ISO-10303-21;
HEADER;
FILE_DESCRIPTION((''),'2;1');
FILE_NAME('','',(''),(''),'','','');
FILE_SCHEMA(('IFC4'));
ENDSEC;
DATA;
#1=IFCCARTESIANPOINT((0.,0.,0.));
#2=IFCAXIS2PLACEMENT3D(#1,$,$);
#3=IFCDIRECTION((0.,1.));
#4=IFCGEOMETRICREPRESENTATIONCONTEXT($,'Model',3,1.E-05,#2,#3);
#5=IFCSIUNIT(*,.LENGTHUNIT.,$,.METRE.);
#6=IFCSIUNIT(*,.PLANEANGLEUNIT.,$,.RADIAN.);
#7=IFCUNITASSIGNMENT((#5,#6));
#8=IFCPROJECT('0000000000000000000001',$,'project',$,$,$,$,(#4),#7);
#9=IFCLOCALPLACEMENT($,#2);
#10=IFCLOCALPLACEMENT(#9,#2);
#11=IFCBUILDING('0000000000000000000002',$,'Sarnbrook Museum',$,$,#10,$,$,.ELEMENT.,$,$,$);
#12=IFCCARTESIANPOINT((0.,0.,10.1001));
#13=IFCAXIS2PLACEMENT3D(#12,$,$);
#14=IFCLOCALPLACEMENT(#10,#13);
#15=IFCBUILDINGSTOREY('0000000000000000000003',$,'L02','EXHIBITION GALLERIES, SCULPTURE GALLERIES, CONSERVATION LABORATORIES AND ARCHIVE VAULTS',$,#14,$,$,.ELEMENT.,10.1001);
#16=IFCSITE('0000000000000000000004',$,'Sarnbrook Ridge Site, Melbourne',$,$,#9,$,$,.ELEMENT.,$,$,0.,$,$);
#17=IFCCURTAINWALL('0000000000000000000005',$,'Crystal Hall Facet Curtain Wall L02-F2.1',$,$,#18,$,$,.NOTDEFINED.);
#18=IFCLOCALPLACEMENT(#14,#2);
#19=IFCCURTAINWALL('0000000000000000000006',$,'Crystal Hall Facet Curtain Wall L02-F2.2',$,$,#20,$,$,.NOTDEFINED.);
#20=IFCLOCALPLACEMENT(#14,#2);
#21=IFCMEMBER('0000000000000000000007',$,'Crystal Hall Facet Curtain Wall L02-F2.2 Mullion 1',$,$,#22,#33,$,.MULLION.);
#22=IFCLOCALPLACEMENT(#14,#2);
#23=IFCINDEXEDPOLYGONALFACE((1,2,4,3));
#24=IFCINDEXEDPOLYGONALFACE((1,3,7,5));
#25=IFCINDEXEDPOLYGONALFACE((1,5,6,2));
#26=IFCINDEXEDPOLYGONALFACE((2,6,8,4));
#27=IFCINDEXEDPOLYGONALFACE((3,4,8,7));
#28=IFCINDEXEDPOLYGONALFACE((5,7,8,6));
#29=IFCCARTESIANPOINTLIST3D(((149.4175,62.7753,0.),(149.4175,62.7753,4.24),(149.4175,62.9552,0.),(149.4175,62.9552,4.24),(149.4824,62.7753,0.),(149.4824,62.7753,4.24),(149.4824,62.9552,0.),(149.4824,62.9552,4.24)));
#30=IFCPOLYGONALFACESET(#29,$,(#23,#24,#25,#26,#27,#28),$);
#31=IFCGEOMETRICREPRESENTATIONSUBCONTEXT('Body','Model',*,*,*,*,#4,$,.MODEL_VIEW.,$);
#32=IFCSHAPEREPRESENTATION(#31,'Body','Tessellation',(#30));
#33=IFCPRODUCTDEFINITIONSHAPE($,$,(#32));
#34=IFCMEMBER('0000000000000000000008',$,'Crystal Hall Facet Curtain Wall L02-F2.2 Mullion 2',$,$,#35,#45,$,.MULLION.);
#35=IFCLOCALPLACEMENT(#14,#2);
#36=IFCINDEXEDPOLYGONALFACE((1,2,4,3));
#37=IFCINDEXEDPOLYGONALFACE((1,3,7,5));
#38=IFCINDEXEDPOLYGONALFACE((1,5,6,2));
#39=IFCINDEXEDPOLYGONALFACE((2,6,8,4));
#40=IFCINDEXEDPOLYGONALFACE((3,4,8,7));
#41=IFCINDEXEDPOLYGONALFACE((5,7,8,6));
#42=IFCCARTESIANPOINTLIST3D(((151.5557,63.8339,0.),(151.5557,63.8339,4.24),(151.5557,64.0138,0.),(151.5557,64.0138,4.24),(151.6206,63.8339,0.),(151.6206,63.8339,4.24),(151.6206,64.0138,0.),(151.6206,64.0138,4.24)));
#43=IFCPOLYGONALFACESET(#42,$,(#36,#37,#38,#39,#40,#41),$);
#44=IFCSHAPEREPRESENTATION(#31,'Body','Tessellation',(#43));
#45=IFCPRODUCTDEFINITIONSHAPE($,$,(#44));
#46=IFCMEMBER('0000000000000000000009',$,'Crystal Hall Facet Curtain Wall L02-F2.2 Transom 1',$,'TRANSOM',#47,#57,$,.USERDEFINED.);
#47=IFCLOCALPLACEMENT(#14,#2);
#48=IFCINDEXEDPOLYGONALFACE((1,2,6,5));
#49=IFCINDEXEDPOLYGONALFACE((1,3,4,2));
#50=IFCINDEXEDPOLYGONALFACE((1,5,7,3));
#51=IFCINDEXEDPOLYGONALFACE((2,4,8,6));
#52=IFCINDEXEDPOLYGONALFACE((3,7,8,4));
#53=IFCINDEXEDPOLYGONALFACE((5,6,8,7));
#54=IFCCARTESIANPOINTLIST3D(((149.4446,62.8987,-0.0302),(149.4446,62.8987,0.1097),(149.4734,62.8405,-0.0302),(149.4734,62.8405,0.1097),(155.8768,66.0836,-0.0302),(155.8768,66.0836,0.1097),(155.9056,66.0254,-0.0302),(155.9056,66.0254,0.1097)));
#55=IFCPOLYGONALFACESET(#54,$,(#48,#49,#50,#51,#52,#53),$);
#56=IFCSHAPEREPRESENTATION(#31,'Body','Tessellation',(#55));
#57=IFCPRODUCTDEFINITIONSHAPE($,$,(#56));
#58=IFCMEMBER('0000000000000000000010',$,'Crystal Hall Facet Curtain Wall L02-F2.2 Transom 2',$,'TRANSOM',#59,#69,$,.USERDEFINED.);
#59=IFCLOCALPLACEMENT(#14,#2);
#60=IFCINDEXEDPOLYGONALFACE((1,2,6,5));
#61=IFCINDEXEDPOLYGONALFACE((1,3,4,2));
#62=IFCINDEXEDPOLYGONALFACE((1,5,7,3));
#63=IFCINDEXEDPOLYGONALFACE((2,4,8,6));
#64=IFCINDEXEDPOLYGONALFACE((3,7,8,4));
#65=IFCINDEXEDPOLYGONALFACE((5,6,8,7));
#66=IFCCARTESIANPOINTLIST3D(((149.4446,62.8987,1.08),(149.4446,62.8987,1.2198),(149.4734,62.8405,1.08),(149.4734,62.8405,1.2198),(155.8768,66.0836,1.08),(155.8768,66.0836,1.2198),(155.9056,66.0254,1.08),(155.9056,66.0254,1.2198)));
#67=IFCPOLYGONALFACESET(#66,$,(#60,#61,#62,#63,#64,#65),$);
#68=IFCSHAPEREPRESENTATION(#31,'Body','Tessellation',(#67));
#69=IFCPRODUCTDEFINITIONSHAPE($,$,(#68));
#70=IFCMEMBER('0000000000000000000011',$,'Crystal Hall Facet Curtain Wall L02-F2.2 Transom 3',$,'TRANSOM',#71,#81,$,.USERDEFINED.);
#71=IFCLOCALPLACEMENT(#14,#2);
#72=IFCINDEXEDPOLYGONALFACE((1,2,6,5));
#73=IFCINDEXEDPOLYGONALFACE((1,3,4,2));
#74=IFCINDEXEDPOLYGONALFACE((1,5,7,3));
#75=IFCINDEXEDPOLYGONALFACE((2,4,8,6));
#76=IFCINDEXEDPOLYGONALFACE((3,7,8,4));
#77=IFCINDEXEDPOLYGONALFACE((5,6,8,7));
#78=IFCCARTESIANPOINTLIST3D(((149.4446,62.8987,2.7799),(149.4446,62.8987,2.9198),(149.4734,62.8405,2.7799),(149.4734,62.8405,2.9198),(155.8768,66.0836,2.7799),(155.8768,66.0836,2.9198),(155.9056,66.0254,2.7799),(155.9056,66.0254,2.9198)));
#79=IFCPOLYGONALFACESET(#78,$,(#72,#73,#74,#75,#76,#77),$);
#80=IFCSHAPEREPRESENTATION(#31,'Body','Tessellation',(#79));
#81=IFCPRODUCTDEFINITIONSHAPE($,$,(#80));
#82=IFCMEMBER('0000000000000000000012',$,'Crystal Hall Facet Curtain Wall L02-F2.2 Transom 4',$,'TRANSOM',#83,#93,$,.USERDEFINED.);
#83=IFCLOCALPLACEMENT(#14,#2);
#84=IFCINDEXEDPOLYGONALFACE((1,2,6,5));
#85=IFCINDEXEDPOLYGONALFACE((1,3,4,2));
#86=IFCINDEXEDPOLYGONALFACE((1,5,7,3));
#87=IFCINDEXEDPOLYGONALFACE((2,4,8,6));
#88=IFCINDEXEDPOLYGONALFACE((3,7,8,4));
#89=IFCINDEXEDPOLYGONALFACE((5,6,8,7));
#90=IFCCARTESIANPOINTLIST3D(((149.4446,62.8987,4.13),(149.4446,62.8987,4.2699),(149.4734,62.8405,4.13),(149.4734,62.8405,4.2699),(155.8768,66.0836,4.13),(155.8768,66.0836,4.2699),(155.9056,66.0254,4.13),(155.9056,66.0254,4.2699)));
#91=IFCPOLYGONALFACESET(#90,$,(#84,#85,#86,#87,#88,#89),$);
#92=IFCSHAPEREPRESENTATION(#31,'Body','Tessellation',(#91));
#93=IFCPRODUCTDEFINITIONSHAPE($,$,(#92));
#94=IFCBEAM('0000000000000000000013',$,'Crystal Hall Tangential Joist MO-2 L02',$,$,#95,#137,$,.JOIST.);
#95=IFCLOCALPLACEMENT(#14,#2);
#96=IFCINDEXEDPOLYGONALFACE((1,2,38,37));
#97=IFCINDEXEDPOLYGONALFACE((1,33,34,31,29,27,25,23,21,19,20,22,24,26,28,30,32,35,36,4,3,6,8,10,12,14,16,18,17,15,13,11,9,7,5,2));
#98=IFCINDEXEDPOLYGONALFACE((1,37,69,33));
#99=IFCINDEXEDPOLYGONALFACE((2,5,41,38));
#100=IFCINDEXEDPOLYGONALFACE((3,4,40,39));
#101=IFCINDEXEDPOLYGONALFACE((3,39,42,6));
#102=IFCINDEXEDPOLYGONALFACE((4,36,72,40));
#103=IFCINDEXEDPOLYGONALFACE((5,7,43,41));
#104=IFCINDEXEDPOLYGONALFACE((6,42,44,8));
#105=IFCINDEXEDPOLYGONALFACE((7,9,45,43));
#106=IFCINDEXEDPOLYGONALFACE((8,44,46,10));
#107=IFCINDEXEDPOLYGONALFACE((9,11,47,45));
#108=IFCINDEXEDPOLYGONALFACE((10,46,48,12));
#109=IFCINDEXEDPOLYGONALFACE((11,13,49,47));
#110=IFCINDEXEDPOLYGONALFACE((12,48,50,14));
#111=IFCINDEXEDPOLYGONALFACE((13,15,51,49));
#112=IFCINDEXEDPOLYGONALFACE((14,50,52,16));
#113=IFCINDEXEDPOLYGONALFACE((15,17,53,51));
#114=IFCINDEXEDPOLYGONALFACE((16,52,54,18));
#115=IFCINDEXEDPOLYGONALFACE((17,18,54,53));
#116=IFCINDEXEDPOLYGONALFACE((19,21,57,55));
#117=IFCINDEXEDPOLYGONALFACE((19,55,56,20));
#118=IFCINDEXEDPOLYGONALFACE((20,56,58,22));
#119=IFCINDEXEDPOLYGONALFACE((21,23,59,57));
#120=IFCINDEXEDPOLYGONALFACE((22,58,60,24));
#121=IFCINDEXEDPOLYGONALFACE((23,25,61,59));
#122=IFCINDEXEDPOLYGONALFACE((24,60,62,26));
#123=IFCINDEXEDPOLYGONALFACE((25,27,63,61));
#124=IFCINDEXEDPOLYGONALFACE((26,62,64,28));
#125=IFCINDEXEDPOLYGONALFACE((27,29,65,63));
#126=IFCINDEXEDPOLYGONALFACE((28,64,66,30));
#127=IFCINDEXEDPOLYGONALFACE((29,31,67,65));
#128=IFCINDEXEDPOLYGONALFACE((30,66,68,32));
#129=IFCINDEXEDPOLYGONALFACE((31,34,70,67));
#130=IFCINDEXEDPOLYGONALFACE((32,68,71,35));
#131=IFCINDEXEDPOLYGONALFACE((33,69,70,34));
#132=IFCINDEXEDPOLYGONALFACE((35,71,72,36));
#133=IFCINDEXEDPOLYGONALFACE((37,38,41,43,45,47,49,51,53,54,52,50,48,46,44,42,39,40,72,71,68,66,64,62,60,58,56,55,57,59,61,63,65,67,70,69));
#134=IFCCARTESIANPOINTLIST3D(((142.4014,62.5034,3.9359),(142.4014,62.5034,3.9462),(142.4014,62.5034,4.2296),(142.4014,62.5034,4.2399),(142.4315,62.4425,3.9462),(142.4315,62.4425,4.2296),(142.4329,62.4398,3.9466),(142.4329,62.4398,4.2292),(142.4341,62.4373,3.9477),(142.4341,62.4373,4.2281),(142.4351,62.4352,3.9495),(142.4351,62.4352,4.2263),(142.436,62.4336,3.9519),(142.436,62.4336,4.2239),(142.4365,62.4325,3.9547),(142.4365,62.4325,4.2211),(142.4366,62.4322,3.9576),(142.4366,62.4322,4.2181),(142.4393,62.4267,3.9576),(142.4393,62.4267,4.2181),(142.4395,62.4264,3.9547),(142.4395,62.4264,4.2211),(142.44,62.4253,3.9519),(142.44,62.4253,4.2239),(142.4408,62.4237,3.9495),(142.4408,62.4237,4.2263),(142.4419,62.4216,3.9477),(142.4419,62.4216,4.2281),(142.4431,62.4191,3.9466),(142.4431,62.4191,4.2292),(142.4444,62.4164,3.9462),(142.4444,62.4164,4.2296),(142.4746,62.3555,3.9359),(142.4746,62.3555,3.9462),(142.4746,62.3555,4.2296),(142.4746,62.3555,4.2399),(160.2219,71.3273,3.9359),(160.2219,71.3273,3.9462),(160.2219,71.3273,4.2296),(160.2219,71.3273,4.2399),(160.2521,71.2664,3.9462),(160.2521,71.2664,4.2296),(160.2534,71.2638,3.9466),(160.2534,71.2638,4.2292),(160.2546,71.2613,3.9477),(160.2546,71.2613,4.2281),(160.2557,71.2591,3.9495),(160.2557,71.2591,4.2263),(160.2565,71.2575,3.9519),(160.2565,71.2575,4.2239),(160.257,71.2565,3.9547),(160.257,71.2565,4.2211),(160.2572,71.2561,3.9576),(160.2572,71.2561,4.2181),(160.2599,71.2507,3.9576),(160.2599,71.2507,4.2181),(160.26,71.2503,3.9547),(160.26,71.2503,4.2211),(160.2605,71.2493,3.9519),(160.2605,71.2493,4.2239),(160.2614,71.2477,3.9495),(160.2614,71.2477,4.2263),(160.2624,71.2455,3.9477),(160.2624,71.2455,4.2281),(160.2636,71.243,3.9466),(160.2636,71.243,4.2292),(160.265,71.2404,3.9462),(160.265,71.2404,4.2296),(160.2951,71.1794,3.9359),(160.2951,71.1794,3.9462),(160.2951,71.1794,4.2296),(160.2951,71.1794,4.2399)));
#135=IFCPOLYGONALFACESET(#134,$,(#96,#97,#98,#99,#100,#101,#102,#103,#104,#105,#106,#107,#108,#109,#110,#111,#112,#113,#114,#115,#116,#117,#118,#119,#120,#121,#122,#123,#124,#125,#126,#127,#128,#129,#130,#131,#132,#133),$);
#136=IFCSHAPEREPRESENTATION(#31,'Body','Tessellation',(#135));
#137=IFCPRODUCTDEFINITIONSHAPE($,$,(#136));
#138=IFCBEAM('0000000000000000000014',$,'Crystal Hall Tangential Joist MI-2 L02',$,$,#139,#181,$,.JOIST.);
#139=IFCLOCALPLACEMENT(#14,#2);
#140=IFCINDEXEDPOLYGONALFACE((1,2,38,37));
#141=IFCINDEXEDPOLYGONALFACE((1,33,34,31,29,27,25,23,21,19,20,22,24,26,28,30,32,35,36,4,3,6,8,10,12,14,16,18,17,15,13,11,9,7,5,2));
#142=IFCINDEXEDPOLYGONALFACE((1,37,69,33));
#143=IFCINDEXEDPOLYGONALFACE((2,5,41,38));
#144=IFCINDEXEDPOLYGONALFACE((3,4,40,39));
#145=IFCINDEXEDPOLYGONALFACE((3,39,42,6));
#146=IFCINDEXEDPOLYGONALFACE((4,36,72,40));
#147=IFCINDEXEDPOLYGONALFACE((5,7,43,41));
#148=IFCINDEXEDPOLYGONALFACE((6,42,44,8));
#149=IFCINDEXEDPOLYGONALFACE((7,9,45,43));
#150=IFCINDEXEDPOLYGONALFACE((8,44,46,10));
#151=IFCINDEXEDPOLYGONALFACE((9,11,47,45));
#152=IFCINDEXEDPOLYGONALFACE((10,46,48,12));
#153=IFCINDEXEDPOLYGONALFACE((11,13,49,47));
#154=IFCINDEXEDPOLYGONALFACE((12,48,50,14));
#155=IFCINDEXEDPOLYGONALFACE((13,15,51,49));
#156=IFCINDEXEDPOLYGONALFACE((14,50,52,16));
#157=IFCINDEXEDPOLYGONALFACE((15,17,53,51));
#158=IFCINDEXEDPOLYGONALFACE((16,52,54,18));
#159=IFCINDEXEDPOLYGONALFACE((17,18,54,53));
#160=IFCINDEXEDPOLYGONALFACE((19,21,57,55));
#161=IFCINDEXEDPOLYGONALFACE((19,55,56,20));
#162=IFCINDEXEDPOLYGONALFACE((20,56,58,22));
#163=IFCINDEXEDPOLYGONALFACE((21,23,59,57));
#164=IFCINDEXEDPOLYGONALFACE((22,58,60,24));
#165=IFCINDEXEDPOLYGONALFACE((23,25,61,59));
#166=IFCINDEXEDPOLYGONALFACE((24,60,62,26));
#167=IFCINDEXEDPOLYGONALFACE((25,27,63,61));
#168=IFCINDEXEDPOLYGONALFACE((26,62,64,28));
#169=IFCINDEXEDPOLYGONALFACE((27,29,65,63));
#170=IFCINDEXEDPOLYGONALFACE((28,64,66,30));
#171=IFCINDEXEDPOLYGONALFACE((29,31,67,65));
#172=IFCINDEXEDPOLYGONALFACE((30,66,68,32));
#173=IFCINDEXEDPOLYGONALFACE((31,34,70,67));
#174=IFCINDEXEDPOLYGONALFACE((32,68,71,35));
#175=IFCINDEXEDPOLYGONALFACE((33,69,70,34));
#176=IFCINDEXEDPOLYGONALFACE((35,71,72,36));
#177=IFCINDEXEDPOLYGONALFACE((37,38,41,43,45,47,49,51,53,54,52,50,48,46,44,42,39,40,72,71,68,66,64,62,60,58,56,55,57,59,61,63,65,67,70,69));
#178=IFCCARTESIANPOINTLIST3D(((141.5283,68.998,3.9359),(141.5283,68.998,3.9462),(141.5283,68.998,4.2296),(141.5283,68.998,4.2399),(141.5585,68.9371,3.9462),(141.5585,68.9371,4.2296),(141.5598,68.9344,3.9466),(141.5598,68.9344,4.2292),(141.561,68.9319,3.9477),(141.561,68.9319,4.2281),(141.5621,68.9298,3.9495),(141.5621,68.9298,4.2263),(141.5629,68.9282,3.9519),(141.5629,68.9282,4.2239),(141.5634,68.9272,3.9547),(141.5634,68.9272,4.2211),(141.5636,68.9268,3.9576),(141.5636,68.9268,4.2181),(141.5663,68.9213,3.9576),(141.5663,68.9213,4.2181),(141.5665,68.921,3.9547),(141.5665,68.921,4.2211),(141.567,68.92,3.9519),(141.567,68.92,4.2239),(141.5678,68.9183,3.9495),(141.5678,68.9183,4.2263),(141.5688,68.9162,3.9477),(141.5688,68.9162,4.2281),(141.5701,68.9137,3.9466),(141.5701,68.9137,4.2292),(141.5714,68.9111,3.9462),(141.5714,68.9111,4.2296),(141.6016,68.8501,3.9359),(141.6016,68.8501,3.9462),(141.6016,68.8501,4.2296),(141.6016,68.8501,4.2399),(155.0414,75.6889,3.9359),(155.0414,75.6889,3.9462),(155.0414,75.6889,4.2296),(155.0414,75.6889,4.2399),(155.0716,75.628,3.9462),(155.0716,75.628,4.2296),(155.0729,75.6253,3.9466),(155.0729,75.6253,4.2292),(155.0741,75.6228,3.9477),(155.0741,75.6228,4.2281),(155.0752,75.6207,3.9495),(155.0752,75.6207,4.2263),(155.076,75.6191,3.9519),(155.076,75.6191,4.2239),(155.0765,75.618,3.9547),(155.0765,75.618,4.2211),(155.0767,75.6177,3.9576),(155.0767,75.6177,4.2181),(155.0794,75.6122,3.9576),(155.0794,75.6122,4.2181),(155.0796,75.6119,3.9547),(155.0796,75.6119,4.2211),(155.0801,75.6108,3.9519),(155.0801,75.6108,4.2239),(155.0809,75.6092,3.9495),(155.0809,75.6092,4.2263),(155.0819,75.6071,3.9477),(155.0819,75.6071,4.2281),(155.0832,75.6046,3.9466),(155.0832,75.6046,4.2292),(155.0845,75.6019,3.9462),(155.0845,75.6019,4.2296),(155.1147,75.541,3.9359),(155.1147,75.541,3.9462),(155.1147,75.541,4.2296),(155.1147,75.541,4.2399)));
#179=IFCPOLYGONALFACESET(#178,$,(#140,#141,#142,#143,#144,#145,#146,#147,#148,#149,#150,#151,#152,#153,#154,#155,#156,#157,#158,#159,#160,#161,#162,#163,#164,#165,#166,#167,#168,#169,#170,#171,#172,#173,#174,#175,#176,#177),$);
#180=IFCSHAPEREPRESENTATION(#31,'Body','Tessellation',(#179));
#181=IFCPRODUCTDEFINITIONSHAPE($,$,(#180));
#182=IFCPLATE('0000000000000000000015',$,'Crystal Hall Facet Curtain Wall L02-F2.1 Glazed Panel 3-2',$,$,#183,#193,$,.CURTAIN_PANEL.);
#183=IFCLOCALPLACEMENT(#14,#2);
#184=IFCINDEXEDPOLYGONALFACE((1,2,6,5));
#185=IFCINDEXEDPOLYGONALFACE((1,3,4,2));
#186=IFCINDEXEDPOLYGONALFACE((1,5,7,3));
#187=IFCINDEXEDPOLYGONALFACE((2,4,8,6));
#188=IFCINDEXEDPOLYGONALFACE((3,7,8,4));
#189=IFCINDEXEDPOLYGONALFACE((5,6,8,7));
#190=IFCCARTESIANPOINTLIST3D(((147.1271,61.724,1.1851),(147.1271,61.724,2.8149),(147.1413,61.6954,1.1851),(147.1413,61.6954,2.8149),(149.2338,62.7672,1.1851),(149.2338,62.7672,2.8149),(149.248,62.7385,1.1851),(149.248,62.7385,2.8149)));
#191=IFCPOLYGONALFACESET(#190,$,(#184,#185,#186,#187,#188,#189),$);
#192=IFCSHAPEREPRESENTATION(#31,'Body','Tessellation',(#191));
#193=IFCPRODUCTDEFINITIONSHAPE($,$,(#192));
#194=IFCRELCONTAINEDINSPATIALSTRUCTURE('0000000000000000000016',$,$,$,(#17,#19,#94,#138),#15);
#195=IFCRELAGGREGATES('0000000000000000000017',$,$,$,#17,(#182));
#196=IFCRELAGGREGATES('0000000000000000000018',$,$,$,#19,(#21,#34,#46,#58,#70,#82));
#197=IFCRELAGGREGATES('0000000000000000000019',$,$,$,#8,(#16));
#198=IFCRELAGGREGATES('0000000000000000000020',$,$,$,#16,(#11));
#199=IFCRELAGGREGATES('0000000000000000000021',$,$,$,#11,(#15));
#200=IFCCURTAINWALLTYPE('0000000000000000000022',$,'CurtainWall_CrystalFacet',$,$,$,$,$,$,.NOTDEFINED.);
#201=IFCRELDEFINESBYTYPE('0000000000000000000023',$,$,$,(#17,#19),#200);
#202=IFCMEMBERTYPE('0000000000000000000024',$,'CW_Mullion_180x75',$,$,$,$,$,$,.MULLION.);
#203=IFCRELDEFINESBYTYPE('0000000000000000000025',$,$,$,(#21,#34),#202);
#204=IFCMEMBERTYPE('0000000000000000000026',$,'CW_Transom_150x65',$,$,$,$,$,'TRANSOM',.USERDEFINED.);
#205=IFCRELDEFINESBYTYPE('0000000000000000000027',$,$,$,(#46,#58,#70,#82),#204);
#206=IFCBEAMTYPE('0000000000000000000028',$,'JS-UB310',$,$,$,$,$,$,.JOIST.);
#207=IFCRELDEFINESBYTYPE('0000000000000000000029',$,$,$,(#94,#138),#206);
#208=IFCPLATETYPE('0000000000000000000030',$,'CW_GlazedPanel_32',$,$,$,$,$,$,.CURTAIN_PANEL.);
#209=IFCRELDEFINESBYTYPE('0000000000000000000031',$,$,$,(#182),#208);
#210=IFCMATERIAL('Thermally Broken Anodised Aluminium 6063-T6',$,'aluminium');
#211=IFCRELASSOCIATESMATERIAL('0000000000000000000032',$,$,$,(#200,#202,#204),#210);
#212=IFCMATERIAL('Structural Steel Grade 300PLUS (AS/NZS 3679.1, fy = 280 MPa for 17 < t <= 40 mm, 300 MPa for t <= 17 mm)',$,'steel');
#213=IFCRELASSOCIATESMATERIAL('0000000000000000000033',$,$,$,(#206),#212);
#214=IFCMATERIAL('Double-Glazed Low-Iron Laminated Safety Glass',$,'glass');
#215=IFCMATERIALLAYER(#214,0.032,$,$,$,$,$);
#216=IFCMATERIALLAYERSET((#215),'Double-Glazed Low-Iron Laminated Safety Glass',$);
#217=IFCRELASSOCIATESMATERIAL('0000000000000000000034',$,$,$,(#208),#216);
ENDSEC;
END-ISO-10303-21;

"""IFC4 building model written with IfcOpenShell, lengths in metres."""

from ifc_helpers import new_model, si_unit, direction, frame, origin, origin_2d, place, context, subcontext, project, spatial, rectangle, i_section, extrude, material, layer, layer_set, material_profile, profile_set, type_object, element, aggregate, save


model = new_model("IFC4")

# Units and contexts
model_context = context("Model", 3, precision=1e-05, world=origin(), true_north=direction((0.0, 1.0)))
body_context = subcontext(model_context, "Body", "Model", "MODEL_VIEW")
ifc_project = project(units=[si_unit("LENGTHUNIT", "METRE"), si_unit("PLANEANGLEUNIT", "RADIAN")], contexts=[model_context])

# Site, building, storey
site_placement = place(None, origin())
site = spatial("IfcSite", under=ifc_project, at=site_placement, Name="Sarnbrook Ridge Site, Melbourne", CompositionType="ELEMENT", RefElevation=0.0)
building_placement = place(site_placement, origin())
building = spatial("IfcBuilding", under=site, at=building_placement, Name="Sarnbrook Museum", CompositionType="ELEMENT")
storey_placement = place(building_placement, frame((0.0, 0.0, 10.1001)))
storey = spatial("IfcBuildingStorey", under=building, at=storey_placement, Name="L02", Description="EXHIBITION GALLERIES, SCULPTURE GALLERIES, CONSERVATION LABORATORIES AND ARCHIVE VAULTS", CompositionType="ELEMENT", Elevation=10.1001)

# Shared definitions
ifc_material_1 = material(Name="Structural Steel Grade 300PLUS (AS/NZS 3679.1, fy = 280 MPa for 17 < t <= 40 mm, 300 MPa for t <= 17 mm)", Category="steel")

# Curtain wall
ifc_material_2 = material(Name="Thermally Broken Anodised Aluminium 6063-T6", Category="aluminium")
curtain_wall_type = type_object("IfcCurtainWallType", Name="CurtainWall_CrystalFacet", PredefinedType="NOTDEFINED", material=ifc_material_2)
curtain_wall_1_placement = place(storey_placement, origin())
curtain_wall_1 = element("IfcCurtainWall", 1, at=curtain_wall_1_placement, inside=storey, type_object=curtain_wall_type, Name="Crystal Hall Facet Curtain Wall L02-F2.1", PredefinedType="NOTDEFINED")
ifc_material_profile_1 = material_profile(ifc_material_2, rectangle(XDim=0.0649, YDim=0.1799, at=origin_2d()), Name="ALU MULLION 65x180")
ifc_profile_set_1 = profile_set([ifc_material_profile_1], Name="Thermally Broken Anodised Aluminium 6063-T6")
member_type_1 = type_object("IfcMemberType", Name="CW_Mullion_180x75", PredefinedType="MULLION", material=ifc_profile_set_1)

# Curtain wall, members
curtain_wall_2_placement = place(storey_placement, origin())
curtain_wall_2 = element("IfcCurtainWall", 2, at=curtain_wall_2_placement, inside=storey, type_object=curtain_wall_type, Name="Crystal Hall Facet Curtain Wall L02-F2.2", PredefinedType="NOTDEFINED")
member_1_placement = place(storey_placement, frame((149.45, 62.8652, 0.0), z_axis=(0.0, 0.0, 1.0), x_axis=(1.0, 0.0, 0.0)))
member_1 = element("IfcMember", 3, at=member_1_placement, type_object=member_type_1, Name="Crystal Hall Facet Curtain Wall L02-F2.2 Mullion 1", PredefinedType="MULLION", context=body_context, shape_type="SweptSolid", body=[
    extrude(rectangle(XDim=0.0649, YDim=0.1799, at=origin_2d()), origin(), (0.0, 0.0, 1.0), 4.24),
])
member_2_placement = place(storey_placement, frame((151.5881, 63.9238, 0.0), z_axis=(0.0, 0.0, 1.0), x_axis=(1.0, 0.0, 0.0)))
member_2 = element("IfcMember", 4, at=member_2_placement, type_object=member_type_1, Name="Crystal Hall Facet Curtain Wall L02-F2.2 Mullion 2", PredefinedType="MULLION", context=body_context, shape_type="SweptSolid", body=[
    extrude(rectangle(XDim=0.0649, YDim=0.1799, at=origin_2d()), origin(), (0.0, 0.0, 1.0), 4.24),
])
ifc_material_profile_2 = material_profile(ifc_material_2, rectangle(XDim=0.0649, YDim=0.1399, at=origin_2d()), Name="ALU TRANSOM 65x140")
ifc_profile_set_2 = profile_set([ifc_material_profile_2], Name="Thermally Broken Anodised Aluminium 6063-T6")
member_type_2 = type_object("IfcMemberType", Name="CW_Transom_150x65", ElementType="TRANSOM", PredefinedType="USERDEFINED", material=ifc_profile_set_2)
member_3_placement = place(storey_placement, frame((149.459, 62.8696, 0.0398), z_axis=(0.896162, 0.443727, 0.0), x_axis=(-0.443727, 0.896162, 0.0)))
member_3 = element("IfcMember", 5, at=member_3_placement, type_object=member_type_2, Name="Crystal Hall Facet Curtain Wall L02-F2.2 Transom 1", ObjectType="TRANSOM", PredefinedType="USERDEFINED", context=body_context, shape_type="SweptSolid", body=[
    extrude(rectangle(XDim=0.0649, YDim=0.1399, at=origin_2d()), origin(), (0.0, 0.0, 1.0), 7.1775),
])
member_4_placement = place(storey_placement, frame((149.459, 62.8696, 1.1499), z_axis=(0.896162, 0.443727, 0.0), x_axis=(-0.443727, 0.896162, 0.0)))
member_4 = element("IfcMember", 6, at=member_4_placement, type_object=member_type_2, Name="Crystal Hall Facet Curtain Wall L02-F2.2 Transom 2", ObjectType="TRANSOM", PredefinedType="USERDEFINED", context=body_context, shape_type="SweptSolid", body=[
    extrude(rectangle(XDim=0.0649, YDim=0.1399, at=origin_2d()), origin(), (0.0, 0.0, 1.0), 7.1775),
])
member_5_placement = place(storey_placement, frame((149.459, 62.8696, 2.8499), z_axis=(0.896162, 0.443727, 0.0), x_axis=(-0.443727, 0.896162, 0.0)))
member_5 = element("IfcMember", 7, at=member_5_placement, type_object=member_type_2, Name="Crystal Hall Facet Curtain Wall L02-F2.2 Transom 3", ObjectType="TRANSOM", PredefinedType="USERDEFINED", context=body_context, shape_type="SweptSolid", body=[
    extrude(rectangle(XDim=0.0649, YDim=0.1399, at=origin_2d()), origin(), (0.0, 0.0, 1.0), 7.1775),
])
member_6_placement = place(storey_placement, frame((149.459, 62.8696, 4.2), z_axis=(0.896162, 0.443727, 0.0), x_axis=(-0.443727, 0.896162, 0.0)))
member_6 = element("IfcMember", 8, at=member_6_placement, type_object=member_type_2, Name="Crystal Hall Facet Curtain Wall L02-F2.2 Transom 4", ObjectType="TRANSOM", PredefinedType="USERDEFINED", context=body_context, shape_type="SweptSolid", body=[
    extrude(rectangle(XDim=0.0649, YDim=0.1399, at=origin_2d()), origin(), (0.0, 0.0, 1.0), 7.1775),
])

# Beams
ifc_material_profile_3 = material_profile(ifc_material_1, i_section(OverallWidth=0.165, OverallDepth=0.304, WebThickness=0.0061, FlangeThickness=0.0103, FilletRadius=0.0115, at=origin_2d()), Name="310UB40.4")
ifc_profile_set_3 = profile_set([ifc_material_profile_3], Name="Structural Steel Grade 300PLUS (AS/NZS 3679.1, fy = 280 MPa for 17 < t <= 40 mm, 300 MPa for t <= 17 mm)")
beam_type_1 = type_object("IfcBeamType", Name="JS-UB310", PredefinedType="JOIST", material=ifc_profile_set_3)
beam_1_placement = place(storey_placement, frame((142.438, 62.4294, 4.0879), z_axis=(0.896156, 0.443738, 0.0), x_axis=(-0.443738, 0.896156, 0.0)))
element("IfcBeam", 9, at=beam_1_placement, inside=storey, type_object=beam_type_1, Name="Crystal Hall Tangential Joist MO-2 L02", PredefinedType="JOIST", context=body_context, shape_type="SweptSolid", body=[
    extrude(i_section(OverallWidth=0.165, OverallDepth=0.304, WebThickness=0.0061, FlangeThickness=0.0103, FilletRadius=0.0115, at=origin_2d()), origin(), (0.0, 0.0, 1.0), 19.8855),
])
beam_2_placement = place(storey_placement, frame((141.5649, 68.9241, 4.0879), z_axis=(0.896163, 0.443726, 0.0), x_axis=(-0.443726, 0.896163, 0.0)))
element("IfcBeam", 10, at=beam_2_placement, inside=storey, type_object=beam_type_1, Name="Crystal Hall Tangential Joist MI-2 L02", PredefinedType="JOIST", context=body_context, shape_type="SweptSolid", body=[
    extrude(i_section(OverallWidth=0.165, OverallDepth=0.304, WebThickness=0.0061, FlangeThickness=0.0103, FilletRadius=0.0115, at=origin_2d()), origin(), (0.0, 0.0, 1.0), 15.0789),
])

# Plate
ifc_material_3 = material(Name="Double-Glazed Low-Iron Laminated Safety Glass", Category="glass")
ifc_layer_1 = layer(ifc_material_3, 0.032)
ifc_layer_set_1 = layer_set([ifc_layer_1], Name="Double-Glazed Low-Iron Laminated Safety Glass")
plate_type_1 = type_object("IfcPlateType", Name="CW_GlazedPanel_32", PredefinedType="CURTAIN_PANEL", material=ifc_layer_set_1)
plate_1_placement = place(storey_placement, frame((148.1804, 62.2456, 2.0), z_axis=(0.44373, -0.89616, 0.0), x_axis=(0.89616, 0.44373, 0.0)))
plate_1 = element("IfcPlate", 11, at=plate_1_placement, type_object=plate_type_1, Name="Crystal Hall Facet Curtain Wall L02-F2.1 Glazed Panel 3-2", PredefinedType="CURTAIN_PANEL", context=body_context, shape_type="SweptSolid", body=[
    extrude(rectangle(XDim=2.3508, YDim=1.6299, at=origin_2d()), origin(), (0.0, 0.0, 1.0), 0.032),
])
aggregate(curtain_wall_1, [plate_1])
aggregate(curtain_wall_2, [member_1, member_2, member_3, member_4, member_5, member_6])

save(model, "model.ifc")
